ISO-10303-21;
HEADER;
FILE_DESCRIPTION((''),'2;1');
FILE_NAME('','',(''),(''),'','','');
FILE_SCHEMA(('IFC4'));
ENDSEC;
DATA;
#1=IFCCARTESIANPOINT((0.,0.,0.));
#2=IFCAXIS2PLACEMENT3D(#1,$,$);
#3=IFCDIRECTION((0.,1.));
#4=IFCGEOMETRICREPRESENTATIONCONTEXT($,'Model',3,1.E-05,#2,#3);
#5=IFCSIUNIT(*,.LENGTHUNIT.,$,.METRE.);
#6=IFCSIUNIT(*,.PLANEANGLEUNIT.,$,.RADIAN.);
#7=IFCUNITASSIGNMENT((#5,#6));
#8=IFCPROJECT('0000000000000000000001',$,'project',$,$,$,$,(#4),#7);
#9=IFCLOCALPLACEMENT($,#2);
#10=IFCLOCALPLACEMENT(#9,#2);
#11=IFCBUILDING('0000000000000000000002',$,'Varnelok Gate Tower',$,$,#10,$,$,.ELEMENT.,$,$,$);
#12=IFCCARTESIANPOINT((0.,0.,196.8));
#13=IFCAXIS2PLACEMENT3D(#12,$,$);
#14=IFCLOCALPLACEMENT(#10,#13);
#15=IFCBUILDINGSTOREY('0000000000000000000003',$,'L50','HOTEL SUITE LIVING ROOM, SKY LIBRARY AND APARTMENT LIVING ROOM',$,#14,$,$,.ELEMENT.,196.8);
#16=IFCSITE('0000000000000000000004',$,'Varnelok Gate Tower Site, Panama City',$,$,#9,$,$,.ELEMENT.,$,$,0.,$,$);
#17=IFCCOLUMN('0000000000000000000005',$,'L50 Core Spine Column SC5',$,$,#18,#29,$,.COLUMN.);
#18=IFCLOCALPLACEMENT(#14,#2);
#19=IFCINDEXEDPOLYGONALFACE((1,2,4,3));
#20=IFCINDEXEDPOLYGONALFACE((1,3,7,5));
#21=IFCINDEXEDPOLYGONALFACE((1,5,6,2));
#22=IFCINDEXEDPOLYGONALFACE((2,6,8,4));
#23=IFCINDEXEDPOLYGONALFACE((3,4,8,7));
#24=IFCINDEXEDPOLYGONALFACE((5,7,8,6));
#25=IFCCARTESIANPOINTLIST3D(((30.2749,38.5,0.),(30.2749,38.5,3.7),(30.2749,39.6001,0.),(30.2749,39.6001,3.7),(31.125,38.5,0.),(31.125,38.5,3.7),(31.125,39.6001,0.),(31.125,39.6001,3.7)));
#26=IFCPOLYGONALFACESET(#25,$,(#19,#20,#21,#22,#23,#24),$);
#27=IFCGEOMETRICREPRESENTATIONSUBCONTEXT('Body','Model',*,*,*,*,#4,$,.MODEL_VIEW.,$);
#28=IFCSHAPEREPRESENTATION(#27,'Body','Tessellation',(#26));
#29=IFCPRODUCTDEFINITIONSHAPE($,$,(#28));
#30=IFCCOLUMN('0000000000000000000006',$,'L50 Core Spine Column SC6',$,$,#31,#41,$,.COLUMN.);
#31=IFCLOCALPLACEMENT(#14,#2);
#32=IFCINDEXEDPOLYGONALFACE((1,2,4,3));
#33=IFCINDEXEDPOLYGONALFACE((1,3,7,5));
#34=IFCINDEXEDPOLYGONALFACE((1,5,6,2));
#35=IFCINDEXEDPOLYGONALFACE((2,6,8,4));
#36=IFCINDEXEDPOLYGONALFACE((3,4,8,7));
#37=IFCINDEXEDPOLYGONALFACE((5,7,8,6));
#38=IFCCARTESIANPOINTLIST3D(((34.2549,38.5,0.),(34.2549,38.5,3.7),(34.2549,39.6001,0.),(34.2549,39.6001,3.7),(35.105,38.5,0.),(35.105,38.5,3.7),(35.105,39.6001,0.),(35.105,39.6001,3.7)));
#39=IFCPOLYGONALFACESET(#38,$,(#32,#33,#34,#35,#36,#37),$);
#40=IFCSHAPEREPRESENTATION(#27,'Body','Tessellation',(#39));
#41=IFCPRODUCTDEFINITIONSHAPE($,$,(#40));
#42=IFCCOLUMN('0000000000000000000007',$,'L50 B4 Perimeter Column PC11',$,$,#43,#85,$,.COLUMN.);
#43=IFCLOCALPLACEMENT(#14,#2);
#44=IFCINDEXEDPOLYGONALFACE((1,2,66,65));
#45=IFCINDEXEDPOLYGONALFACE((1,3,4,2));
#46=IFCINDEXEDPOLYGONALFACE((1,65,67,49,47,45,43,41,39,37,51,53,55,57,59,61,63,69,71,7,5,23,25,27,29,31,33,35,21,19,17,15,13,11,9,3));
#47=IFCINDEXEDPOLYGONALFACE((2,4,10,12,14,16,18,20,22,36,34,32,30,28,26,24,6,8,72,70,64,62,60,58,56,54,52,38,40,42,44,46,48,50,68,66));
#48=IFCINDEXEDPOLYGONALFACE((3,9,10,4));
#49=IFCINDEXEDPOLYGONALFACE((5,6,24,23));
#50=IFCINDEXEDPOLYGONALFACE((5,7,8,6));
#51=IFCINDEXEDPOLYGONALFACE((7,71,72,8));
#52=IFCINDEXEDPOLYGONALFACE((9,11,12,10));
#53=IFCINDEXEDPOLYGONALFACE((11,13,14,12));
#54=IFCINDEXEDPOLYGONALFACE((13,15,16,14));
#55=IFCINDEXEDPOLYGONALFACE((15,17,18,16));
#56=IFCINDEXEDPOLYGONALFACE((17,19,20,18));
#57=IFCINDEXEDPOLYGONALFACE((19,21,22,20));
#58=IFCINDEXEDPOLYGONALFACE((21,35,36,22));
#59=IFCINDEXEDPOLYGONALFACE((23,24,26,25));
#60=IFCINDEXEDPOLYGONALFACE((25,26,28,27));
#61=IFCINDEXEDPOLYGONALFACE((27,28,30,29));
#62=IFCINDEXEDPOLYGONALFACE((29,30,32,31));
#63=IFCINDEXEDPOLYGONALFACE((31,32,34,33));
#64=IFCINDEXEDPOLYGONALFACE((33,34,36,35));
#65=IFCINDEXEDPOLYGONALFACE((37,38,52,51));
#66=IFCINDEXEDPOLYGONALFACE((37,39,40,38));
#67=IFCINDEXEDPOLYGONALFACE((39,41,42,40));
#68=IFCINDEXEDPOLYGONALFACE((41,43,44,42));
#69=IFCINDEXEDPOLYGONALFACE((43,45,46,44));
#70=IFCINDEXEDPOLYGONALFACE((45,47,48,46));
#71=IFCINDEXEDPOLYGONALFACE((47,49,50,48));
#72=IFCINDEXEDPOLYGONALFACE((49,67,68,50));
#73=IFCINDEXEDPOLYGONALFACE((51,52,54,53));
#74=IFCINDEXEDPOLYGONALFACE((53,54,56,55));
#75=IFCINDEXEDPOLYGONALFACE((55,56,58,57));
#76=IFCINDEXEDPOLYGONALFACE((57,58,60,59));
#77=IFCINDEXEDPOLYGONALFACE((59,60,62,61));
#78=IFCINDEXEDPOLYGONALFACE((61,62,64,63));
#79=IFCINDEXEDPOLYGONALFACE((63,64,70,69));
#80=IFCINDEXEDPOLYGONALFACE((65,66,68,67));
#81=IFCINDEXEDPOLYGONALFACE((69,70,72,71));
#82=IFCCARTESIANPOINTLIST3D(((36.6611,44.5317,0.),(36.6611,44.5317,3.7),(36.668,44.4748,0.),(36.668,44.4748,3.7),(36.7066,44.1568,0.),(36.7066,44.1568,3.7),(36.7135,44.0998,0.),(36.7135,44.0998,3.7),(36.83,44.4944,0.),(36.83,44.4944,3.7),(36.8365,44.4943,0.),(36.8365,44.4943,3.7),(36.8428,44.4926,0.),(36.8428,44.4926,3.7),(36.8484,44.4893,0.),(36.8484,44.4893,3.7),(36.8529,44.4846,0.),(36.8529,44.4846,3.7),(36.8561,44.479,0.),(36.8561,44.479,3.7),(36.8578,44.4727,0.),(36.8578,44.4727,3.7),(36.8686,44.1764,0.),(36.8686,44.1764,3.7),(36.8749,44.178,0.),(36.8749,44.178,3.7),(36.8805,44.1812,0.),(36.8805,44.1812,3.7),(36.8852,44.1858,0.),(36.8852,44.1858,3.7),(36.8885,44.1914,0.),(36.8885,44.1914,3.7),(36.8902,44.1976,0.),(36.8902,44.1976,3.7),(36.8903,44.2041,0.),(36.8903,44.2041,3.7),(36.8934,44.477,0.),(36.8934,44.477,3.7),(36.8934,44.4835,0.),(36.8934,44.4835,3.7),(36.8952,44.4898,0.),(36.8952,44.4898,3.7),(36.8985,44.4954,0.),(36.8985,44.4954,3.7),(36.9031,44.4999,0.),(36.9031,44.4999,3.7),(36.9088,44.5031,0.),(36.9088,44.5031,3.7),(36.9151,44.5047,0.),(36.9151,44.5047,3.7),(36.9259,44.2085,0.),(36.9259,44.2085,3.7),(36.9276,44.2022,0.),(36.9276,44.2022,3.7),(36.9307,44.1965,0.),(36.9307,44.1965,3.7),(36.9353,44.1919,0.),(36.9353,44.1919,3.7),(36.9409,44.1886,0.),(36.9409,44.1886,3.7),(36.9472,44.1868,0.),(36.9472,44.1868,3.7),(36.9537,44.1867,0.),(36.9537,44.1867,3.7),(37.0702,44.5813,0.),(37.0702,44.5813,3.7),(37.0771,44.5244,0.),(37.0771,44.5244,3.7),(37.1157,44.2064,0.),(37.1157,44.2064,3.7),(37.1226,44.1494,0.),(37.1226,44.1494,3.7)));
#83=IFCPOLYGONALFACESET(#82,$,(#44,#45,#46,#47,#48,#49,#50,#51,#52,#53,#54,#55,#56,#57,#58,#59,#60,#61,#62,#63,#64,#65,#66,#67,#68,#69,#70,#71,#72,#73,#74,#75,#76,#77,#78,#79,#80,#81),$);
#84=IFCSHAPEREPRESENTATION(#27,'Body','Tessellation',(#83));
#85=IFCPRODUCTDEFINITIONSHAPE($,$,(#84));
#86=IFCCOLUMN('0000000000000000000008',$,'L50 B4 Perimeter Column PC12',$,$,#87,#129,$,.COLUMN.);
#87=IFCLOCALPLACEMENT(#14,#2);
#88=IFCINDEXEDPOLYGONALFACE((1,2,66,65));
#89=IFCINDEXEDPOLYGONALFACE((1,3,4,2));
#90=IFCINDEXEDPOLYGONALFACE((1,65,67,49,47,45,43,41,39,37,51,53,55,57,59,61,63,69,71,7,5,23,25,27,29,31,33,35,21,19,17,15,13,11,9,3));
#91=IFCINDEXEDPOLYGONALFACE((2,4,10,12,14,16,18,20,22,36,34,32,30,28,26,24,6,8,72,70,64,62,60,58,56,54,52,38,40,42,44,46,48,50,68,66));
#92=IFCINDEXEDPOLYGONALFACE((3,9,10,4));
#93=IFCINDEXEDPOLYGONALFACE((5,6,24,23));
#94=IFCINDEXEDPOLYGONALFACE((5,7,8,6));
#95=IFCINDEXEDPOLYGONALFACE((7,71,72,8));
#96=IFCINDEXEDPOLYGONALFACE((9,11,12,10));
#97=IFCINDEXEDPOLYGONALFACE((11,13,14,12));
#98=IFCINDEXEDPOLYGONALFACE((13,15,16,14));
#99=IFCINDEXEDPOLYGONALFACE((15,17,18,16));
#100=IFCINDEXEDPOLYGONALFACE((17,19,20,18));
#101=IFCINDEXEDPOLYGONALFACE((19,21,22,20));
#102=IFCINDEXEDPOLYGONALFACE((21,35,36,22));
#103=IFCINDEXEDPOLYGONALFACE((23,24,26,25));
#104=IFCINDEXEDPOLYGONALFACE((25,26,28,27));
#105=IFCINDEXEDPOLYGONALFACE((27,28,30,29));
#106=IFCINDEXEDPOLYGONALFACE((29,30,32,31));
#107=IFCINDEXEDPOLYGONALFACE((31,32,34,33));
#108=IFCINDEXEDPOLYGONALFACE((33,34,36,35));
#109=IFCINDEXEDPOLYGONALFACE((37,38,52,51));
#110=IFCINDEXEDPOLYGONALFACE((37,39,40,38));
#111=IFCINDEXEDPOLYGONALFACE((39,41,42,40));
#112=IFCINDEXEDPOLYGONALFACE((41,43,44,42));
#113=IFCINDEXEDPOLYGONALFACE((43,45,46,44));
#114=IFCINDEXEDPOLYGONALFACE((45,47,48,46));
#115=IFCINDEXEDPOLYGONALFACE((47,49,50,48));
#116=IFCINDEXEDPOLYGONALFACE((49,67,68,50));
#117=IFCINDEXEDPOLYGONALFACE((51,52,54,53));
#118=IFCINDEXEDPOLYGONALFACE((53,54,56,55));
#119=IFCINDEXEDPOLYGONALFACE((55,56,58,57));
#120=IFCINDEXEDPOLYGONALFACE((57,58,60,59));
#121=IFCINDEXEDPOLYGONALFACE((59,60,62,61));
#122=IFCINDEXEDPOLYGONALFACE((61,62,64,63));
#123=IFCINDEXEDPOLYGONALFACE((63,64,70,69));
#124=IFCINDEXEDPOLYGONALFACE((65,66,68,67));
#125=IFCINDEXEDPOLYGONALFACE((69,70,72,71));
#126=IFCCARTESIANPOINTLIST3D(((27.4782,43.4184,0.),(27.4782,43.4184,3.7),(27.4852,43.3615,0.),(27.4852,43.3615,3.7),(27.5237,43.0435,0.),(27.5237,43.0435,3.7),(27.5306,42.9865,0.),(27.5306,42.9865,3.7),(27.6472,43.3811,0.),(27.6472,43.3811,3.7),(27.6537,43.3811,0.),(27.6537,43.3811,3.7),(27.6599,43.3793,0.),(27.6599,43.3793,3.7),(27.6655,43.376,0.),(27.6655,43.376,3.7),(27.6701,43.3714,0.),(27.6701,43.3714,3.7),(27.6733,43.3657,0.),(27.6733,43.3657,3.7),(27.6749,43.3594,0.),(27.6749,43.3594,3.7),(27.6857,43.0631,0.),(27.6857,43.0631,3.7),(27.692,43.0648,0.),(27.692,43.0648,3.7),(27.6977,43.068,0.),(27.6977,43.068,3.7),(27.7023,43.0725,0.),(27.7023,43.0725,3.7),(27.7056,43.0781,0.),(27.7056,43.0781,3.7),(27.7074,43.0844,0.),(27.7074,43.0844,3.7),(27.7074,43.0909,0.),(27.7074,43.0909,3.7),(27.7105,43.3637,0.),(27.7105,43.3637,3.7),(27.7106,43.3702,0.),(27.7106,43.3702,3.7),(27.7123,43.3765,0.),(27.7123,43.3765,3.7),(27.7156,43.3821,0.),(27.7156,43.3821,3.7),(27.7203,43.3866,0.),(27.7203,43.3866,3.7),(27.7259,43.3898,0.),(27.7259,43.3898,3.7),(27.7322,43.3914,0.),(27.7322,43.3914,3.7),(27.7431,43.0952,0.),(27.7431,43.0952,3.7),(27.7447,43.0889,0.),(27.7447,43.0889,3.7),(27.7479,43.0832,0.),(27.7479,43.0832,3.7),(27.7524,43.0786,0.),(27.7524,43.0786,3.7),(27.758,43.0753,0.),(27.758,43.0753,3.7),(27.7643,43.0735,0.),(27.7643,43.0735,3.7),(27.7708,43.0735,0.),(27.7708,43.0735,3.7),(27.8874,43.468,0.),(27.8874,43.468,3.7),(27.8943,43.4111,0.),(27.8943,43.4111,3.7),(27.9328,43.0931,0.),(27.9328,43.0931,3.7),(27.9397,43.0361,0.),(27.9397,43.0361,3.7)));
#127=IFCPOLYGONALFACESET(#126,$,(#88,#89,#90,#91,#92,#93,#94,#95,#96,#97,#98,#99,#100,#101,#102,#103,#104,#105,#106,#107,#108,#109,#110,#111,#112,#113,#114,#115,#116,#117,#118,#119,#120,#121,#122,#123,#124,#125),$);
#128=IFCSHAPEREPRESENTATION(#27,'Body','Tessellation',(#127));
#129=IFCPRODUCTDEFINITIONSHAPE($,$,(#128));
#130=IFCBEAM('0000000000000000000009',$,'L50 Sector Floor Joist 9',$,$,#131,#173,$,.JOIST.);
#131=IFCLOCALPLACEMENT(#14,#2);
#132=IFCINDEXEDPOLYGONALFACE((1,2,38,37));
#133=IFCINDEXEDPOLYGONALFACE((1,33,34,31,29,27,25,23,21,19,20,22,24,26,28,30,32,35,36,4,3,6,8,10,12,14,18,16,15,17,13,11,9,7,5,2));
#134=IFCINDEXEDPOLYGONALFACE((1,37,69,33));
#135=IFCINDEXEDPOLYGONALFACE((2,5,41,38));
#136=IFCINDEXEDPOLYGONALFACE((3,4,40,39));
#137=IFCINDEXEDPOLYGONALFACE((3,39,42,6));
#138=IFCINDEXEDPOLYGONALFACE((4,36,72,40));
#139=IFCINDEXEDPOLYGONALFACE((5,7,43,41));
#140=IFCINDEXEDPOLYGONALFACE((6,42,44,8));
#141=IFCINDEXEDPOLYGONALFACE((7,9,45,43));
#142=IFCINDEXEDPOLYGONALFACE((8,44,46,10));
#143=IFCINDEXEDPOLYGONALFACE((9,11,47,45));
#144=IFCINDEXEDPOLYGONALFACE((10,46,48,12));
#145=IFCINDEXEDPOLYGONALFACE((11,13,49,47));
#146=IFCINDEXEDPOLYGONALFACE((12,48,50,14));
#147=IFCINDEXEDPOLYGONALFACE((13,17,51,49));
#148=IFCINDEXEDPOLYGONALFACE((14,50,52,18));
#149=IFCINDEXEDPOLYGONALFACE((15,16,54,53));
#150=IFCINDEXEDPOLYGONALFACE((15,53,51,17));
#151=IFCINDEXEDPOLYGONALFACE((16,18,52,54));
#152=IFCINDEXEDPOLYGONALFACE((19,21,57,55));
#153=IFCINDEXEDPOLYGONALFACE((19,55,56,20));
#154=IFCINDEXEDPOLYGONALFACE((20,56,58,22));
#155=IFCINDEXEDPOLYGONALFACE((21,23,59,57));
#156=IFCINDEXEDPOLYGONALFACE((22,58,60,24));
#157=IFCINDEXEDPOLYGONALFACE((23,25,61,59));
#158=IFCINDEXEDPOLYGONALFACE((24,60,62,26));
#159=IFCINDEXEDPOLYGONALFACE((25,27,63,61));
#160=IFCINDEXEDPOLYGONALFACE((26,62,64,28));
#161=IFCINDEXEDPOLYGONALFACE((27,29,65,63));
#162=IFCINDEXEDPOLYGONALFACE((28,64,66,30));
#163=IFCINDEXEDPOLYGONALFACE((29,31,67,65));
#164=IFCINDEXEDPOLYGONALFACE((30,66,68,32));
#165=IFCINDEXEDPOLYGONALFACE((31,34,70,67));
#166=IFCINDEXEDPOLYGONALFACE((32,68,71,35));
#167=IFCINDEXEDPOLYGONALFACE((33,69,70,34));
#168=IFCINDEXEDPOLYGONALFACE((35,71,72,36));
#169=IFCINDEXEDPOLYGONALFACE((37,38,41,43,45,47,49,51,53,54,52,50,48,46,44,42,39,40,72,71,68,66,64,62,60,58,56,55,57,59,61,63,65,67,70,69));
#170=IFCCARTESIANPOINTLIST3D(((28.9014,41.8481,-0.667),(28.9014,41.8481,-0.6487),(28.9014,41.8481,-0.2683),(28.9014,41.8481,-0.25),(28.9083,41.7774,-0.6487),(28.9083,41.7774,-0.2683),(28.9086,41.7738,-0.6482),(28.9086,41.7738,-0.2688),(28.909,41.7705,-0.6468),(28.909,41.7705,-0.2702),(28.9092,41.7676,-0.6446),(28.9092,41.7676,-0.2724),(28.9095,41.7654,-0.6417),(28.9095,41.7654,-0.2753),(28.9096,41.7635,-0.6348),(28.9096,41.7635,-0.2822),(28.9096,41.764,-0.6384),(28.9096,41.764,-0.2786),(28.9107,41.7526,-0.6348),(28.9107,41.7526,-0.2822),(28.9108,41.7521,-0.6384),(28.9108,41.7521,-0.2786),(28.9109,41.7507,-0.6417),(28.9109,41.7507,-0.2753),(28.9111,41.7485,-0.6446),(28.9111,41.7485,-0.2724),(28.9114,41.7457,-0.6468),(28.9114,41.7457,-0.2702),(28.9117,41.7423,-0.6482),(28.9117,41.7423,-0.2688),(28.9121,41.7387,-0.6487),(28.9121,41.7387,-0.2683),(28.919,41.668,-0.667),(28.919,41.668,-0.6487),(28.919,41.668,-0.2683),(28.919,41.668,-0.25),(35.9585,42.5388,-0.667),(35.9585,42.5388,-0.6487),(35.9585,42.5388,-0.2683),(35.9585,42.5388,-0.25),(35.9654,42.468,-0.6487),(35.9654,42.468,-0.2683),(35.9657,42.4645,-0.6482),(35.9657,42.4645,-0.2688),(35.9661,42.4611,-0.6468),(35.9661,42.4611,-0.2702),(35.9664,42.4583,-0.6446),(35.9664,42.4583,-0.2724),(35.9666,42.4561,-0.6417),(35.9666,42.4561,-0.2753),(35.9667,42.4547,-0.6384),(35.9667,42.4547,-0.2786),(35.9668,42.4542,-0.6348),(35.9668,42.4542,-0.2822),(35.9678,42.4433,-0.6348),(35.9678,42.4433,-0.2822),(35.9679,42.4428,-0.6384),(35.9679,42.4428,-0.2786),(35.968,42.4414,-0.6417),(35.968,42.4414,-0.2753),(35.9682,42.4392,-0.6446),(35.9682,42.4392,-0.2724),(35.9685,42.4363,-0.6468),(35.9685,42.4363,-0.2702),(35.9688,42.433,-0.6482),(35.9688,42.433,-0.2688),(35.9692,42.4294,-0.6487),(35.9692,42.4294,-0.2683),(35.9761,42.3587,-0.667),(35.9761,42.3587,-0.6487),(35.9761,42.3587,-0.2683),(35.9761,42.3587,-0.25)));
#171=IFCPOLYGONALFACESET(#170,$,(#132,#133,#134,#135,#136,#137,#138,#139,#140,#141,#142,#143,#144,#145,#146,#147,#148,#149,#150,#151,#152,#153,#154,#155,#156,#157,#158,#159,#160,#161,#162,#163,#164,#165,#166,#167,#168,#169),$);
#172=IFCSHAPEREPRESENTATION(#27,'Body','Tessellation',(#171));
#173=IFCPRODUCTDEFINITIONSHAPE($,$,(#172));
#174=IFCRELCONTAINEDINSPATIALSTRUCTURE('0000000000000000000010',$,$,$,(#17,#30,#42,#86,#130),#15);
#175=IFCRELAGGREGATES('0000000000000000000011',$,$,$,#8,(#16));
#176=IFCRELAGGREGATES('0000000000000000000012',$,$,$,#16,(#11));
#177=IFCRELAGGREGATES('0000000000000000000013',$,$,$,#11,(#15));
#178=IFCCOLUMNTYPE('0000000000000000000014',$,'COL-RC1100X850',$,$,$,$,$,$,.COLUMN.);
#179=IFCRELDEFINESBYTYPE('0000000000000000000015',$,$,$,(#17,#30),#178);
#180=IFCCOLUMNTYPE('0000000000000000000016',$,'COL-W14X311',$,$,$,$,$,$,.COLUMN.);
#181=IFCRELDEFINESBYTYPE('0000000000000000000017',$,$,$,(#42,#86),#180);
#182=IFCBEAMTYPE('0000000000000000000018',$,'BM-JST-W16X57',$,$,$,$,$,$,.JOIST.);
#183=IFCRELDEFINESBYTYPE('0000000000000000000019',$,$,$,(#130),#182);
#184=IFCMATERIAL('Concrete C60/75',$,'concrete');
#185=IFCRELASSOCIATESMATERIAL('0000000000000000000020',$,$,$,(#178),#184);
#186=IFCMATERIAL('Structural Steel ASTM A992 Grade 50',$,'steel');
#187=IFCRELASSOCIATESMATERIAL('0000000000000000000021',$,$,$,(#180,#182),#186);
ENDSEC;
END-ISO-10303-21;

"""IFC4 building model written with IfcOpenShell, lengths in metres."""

from ifc_helpers import new_model, si_unit, direction, frame, origin, origin_2d, place, context, subcontext, project, spatial, rectangle, i_section, extrude, material, material_profile, profile_set, type_object, element, save


model = new_model("IFC4")

# Units and contexts
model_context = context("Model", 3, precision=1e-05, world=origin(), true_north=direction((0.0, 1.0)))
body_context = subcontext(model_context, "Body", "Model", "MODEL_VIEW")
ifc_project = project(units=[si_unit("LENGTHUNIT", "METRE"), si_unit("PLANEANGLEUNIT", "RADIAN")], contexts=[model_context])

# Site, building, storey
site_placement = place(None, origin())
site = spatial("IfcSite", under=ifc_project, at=site_placement, Name="Varnelok Gate Tower Site, Panama City", CompositionType="ELEMENT", RefElevation=0.0)
building_placement = place(site_placement, origin())
building = spatial("IfcBuilding", under=site, at=building_placement, Name="Varnelok Gate Tower", CompositionType="ELEMENT")
storey_placement = place(building_placement, frame((0.0, 0.0, 196.8)))
storey = spatial("IfcBuildingStorey", under=building, at=storey_placement, Name="L50", Description="HOTEL SUITE LIVING ROOM, SKY LIBRARY AND APARTMENT LIVING ROOM", CompositionType="ELEMENT", Elevation=196.8)

# Columns
ifc_material_1 = material(Name="Concrete C60/75", Category="concrete")
ifc_material_profile_1 = material_profile(ifc_material_1, rectangle(XDim=0.8501, YDim=1.1001, at=origin_2d()), Name="RC1100X850")
ifc_profile_set_1 = profile_set([ifc_material_profile_1], Name="Concrete C60/75")
column_type_1 = type_object("IfcColumnType", Name="COL-RC1100X850", PredefinedType="COLUMN", material=ifc_profile_set_1)
for number, where, z_axis, x_axis, name in (
    (1, (30.7, 39.05, 0.0), (0.0, 0.0, 1.0), (1.0, 0.0, 0.0), "L50 Core Spine Column SC5"),
    (2, (34.6799, 39.05, 0.0), (0.0, 0.0, 1.0), (1.0, 0.0, 0.0), "L50 Core Spine Column SC6"),
):
    element("IfcColumn", number, at=place(storey_placement, frame(where, z_axis=z_axis, x_axis=x_axis)), inside=storey, type_object=column_type_1, Name=name, PredefinedType="COLUMN", context=body_context, shape_type="SweptSolid", body=[
        extrude(rectangle(XDim=0.8501, YDim=1.1001, at=origin_2d()), origin(), (0.0, 0.0, 1.0), 3.7),
    ])
ifc_material_2 = material(Name="Structural Steel ASTM A992 Grade 50", Category="steel")
ifc_material_profile_2 = material_profile(ifc_material_2, i_section(OverallWidth=0.4121, OverallDepth=0.4351, WebThickness=0.0359, FlangeThickness=0.0574, FilletRadius=0.0249, at=origin_2d()), Name="W14X311")
ifc_profile_set_2 = profile_set([ifc_material_profile_2], Name="Structural Steel ASTM A992 Grade 50")
column_type_2 = type_object("IfcColumnType", Name="COL-W14X311", PredefinedType="COLUMN", material=ifc_profile_set_2)
for number, where, z_axis, x_axis, name in (
    (3, (36.8918, 44.3406, 0.0), (0.0, 0.0, 1.0), (0.992732, 0.120345, 0.0), "L50 B4 Perimeter Column PC11"),
    (4, (27.709, 43.2273, 0.0), (0.0, 0.0, 1.0), (0.992732, 0.120345, 0.0), "L50 B4 Perimeter Column PC12"),
):
    element("IfcColumn", number, at=place(storey_placement, frame(where, z_axis=z_axis, x_axis=x_axis)), inside=storey, type_object=column_type_2, Name=name, PredefinedType="COLUMN", context=body_context, shape_type="SweptSolid", body=[
        extrude(i_section(OverallWidth=0.4121, OverallDepth=0.4351, WebThickness=0.0359, FlangeThickness=0.0574, FilletRadius=0.0249, at=origin_2d()), origin(), (0.0, 0.0, 1.0), 3.7),
    ])

# Beam
ifc_material_profile_3 = material_profile(ifc_material_2, i_section(OverallWidth=0.1809, OverallDepth=0.417, WebThickness=0.011, FlangeThickness=0.0183, FilletRadius=0.0139, at=origin_2d()), Name="W16X57")
ifc_profile_set_3 = profile_set([ifc_material_profile_3], Name="Structural Steel ASTM A992 Grade 50")
beam_type_1 = type_object("IfcBeamType", Name="BM-JST-W16X57", PredefinedType="JOIST", material=ifc_profile_set_3)
beam_1_placement = place(storey_placement, frame((35.9673, 42.4487, -0.4585), z_axis=(-0.995245, -0.097404, 0.0), x_axis=(0.097404, -0.995245, 0.0)))
element("IfcBeam", 5, at=beam_1_placement, inside=storey, type_object=beam_type_1, Name="L50 Sector Floor Joist 9", PredefinedType="JOIST", context=body_context, shape_type="SweptSolid", body=[
    extrude(i_section(OverallWidth=0.1809, OverallDepth=0.417, WebThickness=0.011, FlangeThickness=0.0183, FilletRadius=0.0139, at=origin_2d()), origin(), (0.0, 0.0, 1.0), 7.0908),
])

save(model, "model.ifc")
